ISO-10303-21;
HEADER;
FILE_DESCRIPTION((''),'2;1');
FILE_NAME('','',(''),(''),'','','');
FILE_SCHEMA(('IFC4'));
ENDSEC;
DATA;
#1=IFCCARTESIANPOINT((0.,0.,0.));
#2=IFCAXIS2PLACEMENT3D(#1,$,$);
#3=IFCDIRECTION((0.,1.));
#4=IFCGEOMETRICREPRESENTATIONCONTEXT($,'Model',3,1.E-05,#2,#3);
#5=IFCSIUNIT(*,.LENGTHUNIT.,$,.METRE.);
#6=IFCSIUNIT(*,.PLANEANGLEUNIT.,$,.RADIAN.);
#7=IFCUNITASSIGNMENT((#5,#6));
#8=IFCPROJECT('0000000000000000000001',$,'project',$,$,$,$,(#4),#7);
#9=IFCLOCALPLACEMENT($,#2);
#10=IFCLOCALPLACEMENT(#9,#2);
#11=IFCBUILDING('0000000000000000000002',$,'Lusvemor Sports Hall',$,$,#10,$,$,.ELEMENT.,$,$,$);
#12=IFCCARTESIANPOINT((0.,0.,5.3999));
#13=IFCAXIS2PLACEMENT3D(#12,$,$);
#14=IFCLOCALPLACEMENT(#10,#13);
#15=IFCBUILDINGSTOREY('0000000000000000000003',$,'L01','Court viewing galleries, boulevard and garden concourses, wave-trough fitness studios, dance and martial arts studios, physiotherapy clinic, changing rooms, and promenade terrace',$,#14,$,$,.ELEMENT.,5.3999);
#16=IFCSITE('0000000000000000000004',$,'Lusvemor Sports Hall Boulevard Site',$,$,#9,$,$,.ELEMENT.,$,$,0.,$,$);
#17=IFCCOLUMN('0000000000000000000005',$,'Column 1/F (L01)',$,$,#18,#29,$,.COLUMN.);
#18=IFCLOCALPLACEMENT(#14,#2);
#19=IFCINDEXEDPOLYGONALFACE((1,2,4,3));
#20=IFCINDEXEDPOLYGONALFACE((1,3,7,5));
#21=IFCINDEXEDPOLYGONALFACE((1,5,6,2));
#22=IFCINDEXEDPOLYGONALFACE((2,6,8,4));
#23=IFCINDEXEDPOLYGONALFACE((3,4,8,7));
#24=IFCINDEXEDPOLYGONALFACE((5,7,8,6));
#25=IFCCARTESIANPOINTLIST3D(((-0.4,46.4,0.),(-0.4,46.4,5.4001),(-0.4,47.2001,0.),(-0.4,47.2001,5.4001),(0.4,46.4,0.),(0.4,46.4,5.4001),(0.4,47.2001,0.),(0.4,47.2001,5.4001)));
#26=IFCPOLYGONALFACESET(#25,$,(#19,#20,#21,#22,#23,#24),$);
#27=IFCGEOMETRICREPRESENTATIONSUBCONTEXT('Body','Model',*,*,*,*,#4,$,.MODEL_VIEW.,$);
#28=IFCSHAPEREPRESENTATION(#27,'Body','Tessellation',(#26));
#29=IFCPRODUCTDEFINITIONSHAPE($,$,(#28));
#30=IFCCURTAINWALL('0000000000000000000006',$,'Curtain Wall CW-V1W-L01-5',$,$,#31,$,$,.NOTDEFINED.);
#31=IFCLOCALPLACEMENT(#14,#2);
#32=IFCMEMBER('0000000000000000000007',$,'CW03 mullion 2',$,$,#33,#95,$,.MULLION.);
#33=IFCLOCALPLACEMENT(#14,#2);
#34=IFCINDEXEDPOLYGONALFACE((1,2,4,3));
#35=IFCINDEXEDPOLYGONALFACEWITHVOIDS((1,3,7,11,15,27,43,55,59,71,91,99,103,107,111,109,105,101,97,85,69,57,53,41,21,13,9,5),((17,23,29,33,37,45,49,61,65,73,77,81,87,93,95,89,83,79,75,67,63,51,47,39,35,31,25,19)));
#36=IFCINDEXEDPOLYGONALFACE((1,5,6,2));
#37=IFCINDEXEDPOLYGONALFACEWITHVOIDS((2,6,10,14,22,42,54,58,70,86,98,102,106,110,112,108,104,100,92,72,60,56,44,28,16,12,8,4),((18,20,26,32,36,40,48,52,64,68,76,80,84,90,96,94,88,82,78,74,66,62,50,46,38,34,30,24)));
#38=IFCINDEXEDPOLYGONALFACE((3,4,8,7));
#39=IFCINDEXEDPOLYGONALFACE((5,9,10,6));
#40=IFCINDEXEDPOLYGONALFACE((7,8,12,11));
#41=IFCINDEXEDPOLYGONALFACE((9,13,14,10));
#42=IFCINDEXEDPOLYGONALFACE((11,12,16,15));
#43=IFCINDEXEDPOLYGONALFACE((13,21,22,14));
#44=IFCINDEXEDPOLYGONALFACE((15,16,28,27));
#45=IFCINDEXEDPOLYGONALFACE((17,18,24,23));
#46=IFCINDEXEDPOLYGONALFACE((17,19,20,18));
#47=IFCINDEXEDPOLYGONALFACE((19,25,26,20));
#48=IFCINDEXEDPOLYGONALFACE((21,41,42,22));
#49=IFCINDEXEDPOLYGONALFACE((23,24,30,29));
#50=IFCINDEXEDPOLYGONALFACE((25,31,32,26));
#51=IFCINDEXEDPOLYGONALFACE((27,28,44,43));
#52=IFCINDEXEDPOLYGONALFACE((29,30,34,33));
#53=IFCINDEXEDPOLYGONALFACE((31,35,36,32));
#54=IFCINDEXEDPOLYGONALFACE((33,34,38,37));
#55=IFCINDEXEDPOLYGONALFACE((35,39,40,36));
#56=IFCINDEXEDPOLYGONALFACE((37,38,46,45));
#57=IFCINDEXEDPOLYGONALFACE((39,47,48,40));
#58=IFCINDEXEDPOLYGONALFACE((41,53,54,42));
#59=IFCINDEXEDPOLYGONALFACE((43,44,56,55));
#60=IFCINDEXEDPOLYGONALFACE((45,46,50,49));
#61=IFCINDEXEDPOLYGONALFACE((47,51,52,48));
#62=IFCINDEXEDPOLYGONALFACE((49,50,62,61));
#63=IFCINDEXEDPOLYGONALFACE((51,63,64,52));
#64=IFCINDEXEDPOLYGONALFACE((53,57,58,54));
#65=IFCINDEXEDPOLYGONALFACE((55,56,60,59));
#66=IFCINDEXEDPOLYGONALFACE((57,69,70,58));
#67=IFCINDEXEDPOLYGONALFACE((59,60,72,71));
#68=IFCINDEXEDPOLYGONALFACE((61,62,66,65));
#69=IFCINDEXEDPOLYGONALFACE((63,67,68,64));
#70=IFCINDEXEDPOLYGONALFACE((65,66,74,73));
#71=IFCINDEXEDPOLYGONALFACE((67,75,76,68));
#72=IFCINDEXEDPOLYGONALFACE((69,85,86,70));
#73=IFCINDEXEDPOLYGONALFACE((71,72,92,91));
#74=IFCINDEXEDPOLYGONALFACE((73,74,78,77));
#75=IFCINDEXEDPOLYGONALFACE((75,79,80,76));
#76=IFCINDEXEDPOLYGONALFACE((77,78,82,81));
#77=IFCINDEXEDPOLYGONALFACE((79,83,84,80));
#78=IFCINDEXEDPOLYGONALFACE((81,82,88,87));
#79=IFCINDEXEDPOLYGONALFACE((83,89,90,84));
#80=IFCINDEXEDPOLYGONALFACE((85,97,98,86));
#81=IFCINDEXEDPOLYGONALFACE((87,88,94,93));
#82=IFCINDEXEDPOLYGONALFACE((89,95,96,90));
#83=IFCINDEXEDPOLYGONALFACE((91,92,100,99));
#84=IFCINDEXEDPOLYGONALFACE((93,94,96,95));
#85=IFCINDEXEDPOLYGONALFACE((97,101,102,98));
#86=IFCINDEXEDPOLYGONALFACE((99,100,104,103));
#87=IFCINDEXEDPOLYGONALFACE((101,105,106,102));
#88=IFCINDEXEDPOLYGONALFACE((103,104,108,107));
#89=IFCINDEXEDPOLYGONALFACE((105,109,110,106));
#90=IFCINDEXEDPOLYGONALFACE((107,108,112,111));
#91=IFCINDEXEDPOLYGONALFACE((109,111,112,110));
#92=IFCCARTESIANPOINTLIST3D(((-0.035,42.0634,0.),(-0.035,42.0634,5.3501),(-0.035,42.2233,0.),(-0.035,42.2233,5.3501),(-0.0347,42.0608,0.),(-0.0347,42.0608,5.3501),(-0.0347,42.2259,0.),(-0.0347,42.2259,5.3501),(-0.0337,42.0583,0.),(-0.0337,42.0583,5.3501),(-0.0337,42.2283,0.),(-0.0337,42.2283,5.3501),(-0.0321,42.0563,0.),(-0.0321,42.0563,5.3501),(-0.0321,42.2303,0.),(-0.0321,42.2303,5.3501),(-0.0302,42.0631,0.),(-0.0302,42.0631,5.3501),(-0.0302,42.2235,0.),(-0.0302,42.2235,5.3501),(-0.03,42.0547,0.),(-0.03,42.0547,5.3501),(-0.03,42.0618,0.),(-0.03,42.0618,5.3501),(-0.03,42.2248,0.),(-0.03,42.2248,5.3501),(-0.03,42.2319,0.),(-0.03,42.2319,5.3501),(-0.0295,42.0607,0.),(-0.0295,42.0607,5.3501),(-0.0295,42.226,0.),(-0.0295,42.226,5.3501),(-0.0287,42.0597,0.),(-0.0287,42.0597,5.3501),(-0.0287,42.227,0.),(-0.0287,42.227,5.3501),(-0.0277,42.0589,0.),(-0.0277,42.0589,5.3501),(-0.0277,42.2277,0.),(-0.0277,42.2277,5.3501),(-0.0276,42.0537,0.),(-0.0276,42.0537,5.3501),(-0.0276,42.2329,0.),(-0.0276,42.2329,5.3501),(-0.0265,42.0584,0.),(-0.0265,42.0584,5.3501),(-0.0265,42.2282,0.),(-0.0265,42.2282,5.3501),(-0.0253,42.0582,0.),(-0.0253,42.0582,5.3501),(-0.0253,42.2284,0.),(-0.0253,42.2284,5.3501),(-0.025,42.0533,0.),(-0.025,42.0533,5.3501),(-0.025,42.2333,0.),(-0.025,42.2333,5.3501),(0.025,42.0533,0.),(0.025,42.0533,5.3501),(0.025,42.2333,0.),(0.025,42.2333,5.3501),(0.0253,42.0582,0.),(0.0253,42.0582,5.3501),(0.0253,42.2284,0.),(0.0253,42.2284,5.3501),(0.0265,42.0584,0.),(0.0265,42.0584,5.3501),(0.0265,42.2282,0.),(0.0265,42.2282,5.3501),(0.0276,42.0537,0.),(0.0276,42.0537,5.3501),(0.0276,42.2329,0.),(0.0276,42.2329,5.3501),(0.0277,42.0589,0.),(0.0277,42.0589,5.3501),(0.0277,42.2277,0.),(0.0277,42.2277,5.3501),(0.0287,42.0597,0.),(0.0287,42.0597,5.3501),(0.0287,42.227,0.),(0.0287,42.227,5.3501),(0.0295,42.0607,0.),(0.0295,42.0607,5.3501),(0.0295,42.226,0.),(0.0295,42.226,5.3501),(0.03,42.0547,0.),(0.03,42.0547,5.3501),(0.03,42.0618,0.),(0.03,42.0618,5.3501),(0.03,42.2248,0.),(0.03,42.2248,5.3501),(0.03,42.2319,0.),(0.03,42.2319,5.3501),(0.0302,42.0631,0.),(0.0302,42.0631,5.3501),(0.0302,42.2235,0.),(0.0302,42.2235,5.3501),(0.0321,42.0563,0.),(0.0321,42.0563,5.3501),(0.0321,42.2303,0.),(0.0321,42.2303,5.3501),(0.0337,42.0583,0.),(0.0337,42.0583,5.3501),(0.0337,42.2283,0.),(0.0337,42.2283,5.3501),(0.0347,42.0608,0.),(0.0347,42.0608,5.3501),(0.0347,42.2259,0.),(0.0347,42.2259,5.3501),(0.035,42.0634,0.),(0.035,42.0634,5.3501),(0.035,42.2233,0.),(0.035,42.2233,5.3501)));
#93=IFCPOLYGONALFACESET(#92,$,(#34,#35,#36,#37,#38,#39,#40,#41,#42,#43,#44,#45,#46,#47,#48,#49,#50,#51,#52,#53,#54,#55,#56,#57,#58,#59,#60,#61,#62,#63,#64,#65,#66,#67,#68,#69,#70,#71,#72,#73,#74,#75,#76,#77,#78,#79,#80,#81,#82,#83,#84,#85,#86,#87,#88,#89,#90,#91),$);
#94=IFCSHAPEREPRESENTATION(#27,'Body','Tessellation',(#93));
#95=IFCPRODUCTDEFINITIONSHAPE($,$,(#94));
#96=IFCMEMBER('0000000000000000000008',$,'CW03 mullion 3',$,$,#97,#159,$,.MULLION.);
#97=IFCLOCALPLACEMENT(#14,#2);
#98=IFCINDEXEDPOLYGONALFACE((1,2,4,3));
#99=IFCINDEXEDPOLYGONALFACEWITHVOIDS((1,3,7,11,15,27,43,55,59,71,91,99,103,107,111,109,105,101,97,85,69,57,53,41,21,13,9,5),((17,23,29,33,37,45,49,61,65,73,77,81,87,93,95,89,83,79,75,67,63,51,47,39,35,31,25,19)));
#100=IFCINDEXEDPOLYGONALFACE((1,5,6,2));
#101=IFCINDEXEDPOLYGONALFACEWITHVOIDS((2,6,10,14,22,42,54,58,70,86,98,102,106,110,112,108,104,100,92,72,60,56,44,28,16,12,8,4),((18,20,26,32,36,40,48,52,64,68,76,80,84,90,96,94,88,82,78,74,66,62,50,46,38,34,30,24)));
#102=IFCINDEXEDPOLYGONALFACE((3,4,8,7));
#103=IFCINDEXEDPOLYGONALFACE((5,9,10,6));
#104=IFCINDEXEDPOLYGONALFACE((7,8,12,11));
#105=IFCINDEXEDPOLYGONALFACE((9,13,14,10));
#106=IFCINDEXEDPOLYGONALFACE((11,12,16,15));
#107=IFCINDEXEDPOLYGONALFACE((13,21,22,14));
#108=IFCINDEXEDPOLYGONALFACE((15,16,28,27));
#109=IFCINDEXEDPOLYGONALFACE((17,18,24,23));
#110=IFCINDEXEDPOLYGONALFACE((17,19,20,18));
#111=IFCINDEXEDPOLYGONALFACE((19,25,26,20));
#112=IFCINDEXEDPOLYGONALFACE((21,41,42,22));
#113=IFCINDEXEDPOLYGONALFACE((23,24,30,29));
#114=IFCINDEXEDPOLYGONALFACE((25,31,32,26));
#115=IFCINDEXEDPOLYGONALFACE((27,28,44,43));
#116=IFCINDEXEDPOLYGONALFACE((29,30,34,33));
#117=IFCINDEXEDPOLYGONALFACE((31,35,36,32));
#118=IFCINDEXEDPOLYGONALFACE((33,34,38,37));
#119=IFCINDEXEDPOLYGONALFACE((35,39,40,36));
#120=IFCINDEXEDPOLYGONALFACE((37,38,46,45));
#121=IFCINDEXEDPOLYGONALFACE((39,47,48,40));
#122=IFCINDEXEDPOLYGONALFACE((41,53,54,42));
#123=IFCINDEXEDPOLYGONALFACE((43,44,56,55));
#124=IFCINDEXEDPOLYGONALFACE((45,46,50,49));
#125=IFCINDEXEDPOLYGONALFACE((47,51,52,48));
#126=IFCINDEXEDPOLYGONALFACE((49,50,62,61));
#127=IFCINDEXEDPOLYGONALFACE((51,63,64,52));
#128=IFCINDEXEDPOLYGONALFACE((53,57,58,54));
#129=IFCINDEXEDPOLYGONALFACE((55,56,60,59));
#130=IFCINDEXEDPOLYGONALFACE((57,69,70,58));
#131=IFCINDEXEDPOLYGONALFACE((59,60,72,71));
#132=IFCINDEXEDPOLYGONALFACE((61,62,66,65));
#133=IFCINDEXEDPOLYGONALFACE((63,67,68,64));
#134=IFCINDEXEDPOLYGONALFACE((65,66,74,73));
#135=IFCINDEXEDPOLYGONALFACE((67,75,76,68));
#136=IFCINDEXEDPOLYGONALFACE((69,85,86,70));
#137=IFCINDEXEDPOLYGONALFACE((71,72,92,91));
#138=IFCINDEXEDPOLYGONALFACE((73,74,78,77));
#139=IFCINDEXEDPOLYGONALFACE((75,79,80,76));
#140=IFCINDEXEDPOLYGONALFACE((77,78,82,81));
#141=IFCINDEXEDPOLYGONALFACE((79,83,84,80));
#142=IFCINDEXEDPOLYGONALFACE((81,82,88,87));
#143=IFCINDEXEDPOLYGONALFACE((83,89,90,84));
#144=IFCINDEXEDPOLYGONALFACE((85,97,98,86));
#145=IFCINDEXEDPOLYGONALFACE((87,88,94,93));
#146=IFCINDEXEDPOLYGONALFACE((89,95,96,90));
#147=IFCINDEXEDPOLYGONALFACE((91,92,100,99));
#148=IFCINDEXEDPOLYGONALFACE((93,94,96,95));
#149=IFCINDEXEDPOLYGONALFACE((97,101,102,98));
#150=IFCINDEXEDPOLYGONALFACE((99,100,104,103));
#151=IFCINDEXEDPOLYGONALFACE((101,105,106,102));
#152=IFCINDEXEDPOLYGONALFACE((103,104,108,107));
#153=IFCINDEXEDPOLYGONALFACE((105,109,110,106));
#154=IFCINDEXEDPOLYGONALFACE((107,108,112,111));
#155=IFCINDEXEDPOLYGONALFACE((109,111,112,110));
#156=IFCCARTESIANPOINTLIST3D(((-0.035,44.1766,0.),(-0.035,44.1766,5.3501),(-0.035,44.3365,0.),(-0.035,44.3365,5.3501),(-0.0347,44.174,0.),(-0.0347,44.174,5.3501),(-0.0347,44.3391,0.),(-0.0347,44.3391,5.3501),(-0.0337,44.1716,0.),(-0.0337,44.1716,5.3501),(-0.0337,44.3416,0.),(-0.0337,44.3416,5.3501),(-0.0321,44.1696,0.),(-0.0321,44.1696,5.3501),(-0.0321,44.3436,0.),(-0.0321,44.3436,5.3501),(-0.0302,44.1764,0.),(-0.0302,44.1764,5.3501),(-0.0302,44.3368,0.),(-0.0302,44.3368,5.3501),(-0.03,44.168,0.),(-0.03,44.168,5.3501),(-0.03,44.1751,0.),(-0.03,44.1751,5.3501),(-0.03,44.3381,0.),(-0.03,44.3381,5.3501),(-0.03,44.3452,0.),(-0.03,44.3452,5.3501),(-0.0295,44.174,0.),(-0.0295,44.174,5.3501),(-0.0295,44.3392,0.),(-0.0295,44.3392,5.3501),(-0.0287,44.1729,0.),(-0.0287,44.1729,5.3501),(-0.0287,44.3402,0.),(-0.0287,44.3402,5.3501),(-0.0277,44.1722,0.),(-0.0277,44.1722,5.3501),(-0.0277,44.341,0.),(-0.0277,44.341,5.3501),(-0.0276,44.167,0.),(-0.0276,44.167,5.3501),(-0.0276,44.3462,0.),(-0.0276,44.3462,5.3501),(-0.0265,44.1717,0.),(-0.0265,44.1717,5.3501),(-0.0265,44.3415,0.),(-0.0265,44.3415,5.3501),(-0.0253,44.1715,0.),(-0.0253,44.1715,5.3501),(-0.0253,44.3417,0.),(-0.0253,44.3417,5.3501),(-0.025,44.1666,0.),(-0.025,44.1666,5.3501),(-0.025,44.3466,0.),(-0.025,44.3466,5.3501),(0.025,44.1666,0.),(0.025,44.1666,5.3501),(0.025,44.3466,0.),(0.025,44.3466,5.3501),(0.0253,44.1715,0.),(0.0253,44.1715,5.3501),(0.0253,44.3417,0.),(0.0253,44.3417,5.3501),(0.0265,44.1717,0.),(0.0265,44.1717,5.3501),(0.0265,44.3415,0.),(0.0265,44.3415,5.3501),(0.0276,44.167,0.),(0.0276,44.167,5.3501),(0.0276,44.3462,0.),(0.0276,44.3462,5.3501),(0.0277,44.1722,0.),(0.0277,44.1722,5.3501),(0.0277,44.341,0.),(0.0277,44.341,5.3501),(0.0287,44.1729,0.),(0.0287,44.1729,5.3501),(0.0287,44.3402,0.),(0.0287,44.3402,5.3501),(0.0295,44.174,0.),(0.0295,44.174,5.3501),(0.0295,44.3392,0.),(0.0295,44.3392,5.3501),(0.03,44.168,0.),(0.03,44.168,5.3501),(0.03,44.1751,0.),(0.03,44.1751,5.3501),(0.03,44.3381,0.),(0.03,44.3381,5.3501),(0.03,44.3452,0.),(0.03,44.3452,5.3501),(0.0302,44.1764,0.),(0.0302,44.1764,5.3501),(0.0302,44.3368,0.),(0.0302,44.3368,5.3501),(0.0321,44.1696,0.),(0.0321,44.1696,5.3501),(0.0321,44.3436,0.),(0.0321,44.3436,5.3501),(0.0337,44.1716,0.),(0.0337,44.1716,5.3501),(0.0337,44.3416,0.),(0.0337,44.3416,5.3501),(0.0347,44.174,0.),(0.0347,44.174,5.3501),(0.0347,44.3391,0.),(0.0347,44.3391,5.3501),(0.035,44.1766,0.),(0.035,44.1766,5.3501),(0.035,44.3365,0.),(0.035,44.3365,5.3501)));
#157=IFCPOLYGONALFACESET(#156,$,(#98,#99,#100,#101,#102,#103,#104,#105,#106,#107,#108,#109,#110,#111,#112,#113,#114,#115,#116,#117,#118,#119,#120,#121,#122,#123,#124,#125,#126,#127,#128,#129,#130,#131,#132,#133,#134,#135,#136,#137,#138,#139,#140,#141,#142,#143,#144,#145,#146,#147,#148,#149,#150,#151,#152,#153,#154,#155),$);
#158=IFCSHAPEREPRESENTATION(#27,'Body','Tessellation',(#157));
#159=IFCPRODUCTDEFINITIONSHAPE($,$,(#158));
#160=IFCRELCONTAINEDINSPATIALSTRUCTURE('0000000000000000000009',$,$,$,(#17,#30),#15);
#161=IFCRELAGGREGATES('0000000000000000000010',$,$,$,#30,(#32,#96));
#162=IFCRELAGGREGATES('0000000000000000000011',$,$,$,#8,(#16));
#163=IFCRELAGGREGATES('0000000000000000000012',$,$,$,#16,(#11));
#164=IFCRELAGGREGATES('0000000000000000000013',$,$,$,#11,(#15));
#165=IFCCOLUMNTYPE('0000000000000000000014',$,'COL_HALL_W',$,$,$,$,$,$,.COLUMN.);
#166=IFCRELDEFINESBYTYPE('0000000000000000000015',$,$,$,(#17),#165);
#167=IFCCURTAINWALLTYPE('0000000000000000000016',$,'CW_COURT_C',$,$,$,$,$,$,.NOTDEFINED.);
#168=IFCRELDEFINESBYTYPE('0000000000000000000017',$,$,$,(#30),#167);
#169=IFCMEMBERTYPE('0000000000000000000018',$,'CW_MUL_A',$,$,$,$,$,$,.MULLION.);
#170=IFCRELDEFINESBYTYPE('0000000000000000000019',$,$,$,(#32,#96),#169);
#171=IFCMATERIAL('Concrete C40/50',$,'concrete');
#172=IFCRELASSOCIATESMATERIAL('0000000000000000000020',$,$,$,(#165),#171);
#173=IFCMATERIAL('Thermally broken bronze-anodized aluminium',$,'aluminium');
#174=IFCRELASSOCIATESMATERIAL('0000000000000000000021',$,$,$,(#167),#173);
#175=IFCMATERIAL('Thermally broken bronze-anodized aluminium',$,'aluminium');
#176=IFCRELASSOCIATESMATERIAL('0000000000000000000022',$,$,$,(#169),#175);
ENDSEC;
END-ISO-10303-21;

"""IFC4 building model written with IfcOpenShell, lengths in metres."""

from ifc_helpers import new_model, si_unit, direction, frame, origin, origin_2d, place, context, subcontext, project, spatial, rectangle, hollow_rectangle, extrude, material, material_profile, profile_set, type_object, element, aggregate, save


model = new_model("IFC4")

# Units and contexts
model_context = context("Model", 3, precision=1e-05, world=origin(), true_north=direction((0.0, 1.0)))
body_context = subcontext(model_context, "Body", "Model", "MODEL_VIEW")
ifc_project = project(units=[si_unit("LENGTHUNIT", "METRE"), si_unit("PLANEANGLEUNIT", "RADIAN")], contexts=[model_context])

# Site, building, storey
site_placement = place(None, origin())
site = spatial("IfcSite", under=ifc_project, at=site_placement, Name="Lusvemor Sports Hall Boulevard Site", CompositionType="ELEMENT", RefElevation=0.0)
building_placement = place(site_placement, origin())
building = spatial("IfcBuilding", under=site, at=building_placement, Name="Lusvemor Sports Hall", CompositionType="ELEMENT")
storey_placement = place(building_placement, frame((0.0, 0.0, 5.3999)))
storey = spatial("IfcBuildingStorey", under=building, at=storey_placement, Name="L01", Description="Court viewing galleries, boulevard and garden concourses, wave-trough fitness studios, dance and martial arts studios, physiotherapy clinic, changing rooms, and promenade terrace", CompositionType="ELEMENT", Elevation=5.3999)

# Column
ifc_material_1 = material(Name="Concrete C40/50", Category="concrete")
ifc_material_profile_1 = material_profile(ifc_material_1, rectangle(XDim=0.8, YDim=0.8, at=origin_2d()), Name="RC800x800")
ifc_profile_set_1 = profile_set([ifc_material_profile_1], Name="Concrete C40/50")
column_type = type_object("IfcColumnType", Name="COL_HALL_W", PredefinedType="COLUMN", material=ifc_profile_set_1)
column_placement = place(storey_placement, frame((0.0, 46.8, 0.0), z_axis=(0.0, 0.0, 1.0), x_axis=(1.0, 0.0, 0.0)))
element("IfcColumn", 1, at=column_placement, inside=storey, type_object=column_type, Name="Column 1/F (L01)", PredefinedType="COLUMN", context=body_context, shape_type="SweptSolid", body=[
    extrude(rectangle(XDim=0.8, YDim=0.8, at=origin_2d()), origin(), (0.0, 0.0, 1.0), 5.4001),
])

# Curtain wall, members
ifc_material_2 = material(Name="Thermally broken bronze-anodized aluminium", Category="aluminium")
curtain_wall_type_1 = type_object("IfcCurtainWallType", Name="CW_COURT_C", PredefinedType="NOTDEFINED", material=ifc_material_2)
curtain_wall_1_placement = place(storey_placement, origin())
curtain_wall_1 = element("IfcCurtainWall", 2, at=curtain_wall_1_placement, inside=storey, type_object=curtain_wall_type_1, Name="Curtain Wall CW-V1W-L01-5", PredefinedType="NOTDEFINED")
ifc_material_3 = material(Name="Thermally broken bronze-anodized aluminium", Category="aluminium")
ifc_material_profile_2 = material_profile(ifc_material_3, hollow_rectangle(XDim=0.0701, YDim=0.1799, WallThickness=0.0049, InnerFilletRadius=0.0049, OuterFilletRadius=0.01, at=origin_2d()), Name="CWMUL180x70x5")
ifc_profile_set_2 = profile_set([ifc_material_profile_2], Name="Thermally broken bronze-anodized aluminium")
member_type_1 = type_object("IfcMemberType", Name="CW_MUL_A", PredefinedType="MULLION", material=ifc_profile_set_2)
member_1_placement = place(storey_placement, frame((0.0, 42.1433, 0.0), z_axis=(0.0, 0.0, 1.0), x_axis=(-1.0, 0.0, 0.0)))
member_1 = element("IfcMember", 3, at=member_1_placement, type_object=member_type_1, Name="CW03 mullion 2", PredefinedType="MULLION", context=body_context, shape_type="SweptSolid", body=[
    extrude(hollow_rectangle(XDim=0.0701, YDim=0.1799, WallThickness=0.0049, InnerFilletRadius=0.0049, OuterFilletRadius=0.01, at=origin_2d()), origin(), (0.0, 0.0, 1.0), 5.3501),
])
member_2_placement = place(storey_placement, frame((0.0, 44.2566, 0.0), z_axis=(0.0, 0.0, 1.0), x_axis=(-1.0, 0.0, 0.0)))
member_2 = element("IfcMember", 4, at=member_2_placement, type_object=member_type_1, Name="CW03 mullion 3", PredefinedType="MULLION", context=body_context, shape_type="SweptSolid", body=[
    extrude(hollow_rectangle(XDim=0.0701, YDim=0.1799, WallThickness=0.0049, InnerFilletRadius=0.0049, OuterFilletRadius=0.01, at=origin_2d()), origin(), (0.0, 0.0, 1.0), 5.3501),
])

aggregate(curtain_wall_1, [member_1, member_2])

save(model, "model.ifc")
